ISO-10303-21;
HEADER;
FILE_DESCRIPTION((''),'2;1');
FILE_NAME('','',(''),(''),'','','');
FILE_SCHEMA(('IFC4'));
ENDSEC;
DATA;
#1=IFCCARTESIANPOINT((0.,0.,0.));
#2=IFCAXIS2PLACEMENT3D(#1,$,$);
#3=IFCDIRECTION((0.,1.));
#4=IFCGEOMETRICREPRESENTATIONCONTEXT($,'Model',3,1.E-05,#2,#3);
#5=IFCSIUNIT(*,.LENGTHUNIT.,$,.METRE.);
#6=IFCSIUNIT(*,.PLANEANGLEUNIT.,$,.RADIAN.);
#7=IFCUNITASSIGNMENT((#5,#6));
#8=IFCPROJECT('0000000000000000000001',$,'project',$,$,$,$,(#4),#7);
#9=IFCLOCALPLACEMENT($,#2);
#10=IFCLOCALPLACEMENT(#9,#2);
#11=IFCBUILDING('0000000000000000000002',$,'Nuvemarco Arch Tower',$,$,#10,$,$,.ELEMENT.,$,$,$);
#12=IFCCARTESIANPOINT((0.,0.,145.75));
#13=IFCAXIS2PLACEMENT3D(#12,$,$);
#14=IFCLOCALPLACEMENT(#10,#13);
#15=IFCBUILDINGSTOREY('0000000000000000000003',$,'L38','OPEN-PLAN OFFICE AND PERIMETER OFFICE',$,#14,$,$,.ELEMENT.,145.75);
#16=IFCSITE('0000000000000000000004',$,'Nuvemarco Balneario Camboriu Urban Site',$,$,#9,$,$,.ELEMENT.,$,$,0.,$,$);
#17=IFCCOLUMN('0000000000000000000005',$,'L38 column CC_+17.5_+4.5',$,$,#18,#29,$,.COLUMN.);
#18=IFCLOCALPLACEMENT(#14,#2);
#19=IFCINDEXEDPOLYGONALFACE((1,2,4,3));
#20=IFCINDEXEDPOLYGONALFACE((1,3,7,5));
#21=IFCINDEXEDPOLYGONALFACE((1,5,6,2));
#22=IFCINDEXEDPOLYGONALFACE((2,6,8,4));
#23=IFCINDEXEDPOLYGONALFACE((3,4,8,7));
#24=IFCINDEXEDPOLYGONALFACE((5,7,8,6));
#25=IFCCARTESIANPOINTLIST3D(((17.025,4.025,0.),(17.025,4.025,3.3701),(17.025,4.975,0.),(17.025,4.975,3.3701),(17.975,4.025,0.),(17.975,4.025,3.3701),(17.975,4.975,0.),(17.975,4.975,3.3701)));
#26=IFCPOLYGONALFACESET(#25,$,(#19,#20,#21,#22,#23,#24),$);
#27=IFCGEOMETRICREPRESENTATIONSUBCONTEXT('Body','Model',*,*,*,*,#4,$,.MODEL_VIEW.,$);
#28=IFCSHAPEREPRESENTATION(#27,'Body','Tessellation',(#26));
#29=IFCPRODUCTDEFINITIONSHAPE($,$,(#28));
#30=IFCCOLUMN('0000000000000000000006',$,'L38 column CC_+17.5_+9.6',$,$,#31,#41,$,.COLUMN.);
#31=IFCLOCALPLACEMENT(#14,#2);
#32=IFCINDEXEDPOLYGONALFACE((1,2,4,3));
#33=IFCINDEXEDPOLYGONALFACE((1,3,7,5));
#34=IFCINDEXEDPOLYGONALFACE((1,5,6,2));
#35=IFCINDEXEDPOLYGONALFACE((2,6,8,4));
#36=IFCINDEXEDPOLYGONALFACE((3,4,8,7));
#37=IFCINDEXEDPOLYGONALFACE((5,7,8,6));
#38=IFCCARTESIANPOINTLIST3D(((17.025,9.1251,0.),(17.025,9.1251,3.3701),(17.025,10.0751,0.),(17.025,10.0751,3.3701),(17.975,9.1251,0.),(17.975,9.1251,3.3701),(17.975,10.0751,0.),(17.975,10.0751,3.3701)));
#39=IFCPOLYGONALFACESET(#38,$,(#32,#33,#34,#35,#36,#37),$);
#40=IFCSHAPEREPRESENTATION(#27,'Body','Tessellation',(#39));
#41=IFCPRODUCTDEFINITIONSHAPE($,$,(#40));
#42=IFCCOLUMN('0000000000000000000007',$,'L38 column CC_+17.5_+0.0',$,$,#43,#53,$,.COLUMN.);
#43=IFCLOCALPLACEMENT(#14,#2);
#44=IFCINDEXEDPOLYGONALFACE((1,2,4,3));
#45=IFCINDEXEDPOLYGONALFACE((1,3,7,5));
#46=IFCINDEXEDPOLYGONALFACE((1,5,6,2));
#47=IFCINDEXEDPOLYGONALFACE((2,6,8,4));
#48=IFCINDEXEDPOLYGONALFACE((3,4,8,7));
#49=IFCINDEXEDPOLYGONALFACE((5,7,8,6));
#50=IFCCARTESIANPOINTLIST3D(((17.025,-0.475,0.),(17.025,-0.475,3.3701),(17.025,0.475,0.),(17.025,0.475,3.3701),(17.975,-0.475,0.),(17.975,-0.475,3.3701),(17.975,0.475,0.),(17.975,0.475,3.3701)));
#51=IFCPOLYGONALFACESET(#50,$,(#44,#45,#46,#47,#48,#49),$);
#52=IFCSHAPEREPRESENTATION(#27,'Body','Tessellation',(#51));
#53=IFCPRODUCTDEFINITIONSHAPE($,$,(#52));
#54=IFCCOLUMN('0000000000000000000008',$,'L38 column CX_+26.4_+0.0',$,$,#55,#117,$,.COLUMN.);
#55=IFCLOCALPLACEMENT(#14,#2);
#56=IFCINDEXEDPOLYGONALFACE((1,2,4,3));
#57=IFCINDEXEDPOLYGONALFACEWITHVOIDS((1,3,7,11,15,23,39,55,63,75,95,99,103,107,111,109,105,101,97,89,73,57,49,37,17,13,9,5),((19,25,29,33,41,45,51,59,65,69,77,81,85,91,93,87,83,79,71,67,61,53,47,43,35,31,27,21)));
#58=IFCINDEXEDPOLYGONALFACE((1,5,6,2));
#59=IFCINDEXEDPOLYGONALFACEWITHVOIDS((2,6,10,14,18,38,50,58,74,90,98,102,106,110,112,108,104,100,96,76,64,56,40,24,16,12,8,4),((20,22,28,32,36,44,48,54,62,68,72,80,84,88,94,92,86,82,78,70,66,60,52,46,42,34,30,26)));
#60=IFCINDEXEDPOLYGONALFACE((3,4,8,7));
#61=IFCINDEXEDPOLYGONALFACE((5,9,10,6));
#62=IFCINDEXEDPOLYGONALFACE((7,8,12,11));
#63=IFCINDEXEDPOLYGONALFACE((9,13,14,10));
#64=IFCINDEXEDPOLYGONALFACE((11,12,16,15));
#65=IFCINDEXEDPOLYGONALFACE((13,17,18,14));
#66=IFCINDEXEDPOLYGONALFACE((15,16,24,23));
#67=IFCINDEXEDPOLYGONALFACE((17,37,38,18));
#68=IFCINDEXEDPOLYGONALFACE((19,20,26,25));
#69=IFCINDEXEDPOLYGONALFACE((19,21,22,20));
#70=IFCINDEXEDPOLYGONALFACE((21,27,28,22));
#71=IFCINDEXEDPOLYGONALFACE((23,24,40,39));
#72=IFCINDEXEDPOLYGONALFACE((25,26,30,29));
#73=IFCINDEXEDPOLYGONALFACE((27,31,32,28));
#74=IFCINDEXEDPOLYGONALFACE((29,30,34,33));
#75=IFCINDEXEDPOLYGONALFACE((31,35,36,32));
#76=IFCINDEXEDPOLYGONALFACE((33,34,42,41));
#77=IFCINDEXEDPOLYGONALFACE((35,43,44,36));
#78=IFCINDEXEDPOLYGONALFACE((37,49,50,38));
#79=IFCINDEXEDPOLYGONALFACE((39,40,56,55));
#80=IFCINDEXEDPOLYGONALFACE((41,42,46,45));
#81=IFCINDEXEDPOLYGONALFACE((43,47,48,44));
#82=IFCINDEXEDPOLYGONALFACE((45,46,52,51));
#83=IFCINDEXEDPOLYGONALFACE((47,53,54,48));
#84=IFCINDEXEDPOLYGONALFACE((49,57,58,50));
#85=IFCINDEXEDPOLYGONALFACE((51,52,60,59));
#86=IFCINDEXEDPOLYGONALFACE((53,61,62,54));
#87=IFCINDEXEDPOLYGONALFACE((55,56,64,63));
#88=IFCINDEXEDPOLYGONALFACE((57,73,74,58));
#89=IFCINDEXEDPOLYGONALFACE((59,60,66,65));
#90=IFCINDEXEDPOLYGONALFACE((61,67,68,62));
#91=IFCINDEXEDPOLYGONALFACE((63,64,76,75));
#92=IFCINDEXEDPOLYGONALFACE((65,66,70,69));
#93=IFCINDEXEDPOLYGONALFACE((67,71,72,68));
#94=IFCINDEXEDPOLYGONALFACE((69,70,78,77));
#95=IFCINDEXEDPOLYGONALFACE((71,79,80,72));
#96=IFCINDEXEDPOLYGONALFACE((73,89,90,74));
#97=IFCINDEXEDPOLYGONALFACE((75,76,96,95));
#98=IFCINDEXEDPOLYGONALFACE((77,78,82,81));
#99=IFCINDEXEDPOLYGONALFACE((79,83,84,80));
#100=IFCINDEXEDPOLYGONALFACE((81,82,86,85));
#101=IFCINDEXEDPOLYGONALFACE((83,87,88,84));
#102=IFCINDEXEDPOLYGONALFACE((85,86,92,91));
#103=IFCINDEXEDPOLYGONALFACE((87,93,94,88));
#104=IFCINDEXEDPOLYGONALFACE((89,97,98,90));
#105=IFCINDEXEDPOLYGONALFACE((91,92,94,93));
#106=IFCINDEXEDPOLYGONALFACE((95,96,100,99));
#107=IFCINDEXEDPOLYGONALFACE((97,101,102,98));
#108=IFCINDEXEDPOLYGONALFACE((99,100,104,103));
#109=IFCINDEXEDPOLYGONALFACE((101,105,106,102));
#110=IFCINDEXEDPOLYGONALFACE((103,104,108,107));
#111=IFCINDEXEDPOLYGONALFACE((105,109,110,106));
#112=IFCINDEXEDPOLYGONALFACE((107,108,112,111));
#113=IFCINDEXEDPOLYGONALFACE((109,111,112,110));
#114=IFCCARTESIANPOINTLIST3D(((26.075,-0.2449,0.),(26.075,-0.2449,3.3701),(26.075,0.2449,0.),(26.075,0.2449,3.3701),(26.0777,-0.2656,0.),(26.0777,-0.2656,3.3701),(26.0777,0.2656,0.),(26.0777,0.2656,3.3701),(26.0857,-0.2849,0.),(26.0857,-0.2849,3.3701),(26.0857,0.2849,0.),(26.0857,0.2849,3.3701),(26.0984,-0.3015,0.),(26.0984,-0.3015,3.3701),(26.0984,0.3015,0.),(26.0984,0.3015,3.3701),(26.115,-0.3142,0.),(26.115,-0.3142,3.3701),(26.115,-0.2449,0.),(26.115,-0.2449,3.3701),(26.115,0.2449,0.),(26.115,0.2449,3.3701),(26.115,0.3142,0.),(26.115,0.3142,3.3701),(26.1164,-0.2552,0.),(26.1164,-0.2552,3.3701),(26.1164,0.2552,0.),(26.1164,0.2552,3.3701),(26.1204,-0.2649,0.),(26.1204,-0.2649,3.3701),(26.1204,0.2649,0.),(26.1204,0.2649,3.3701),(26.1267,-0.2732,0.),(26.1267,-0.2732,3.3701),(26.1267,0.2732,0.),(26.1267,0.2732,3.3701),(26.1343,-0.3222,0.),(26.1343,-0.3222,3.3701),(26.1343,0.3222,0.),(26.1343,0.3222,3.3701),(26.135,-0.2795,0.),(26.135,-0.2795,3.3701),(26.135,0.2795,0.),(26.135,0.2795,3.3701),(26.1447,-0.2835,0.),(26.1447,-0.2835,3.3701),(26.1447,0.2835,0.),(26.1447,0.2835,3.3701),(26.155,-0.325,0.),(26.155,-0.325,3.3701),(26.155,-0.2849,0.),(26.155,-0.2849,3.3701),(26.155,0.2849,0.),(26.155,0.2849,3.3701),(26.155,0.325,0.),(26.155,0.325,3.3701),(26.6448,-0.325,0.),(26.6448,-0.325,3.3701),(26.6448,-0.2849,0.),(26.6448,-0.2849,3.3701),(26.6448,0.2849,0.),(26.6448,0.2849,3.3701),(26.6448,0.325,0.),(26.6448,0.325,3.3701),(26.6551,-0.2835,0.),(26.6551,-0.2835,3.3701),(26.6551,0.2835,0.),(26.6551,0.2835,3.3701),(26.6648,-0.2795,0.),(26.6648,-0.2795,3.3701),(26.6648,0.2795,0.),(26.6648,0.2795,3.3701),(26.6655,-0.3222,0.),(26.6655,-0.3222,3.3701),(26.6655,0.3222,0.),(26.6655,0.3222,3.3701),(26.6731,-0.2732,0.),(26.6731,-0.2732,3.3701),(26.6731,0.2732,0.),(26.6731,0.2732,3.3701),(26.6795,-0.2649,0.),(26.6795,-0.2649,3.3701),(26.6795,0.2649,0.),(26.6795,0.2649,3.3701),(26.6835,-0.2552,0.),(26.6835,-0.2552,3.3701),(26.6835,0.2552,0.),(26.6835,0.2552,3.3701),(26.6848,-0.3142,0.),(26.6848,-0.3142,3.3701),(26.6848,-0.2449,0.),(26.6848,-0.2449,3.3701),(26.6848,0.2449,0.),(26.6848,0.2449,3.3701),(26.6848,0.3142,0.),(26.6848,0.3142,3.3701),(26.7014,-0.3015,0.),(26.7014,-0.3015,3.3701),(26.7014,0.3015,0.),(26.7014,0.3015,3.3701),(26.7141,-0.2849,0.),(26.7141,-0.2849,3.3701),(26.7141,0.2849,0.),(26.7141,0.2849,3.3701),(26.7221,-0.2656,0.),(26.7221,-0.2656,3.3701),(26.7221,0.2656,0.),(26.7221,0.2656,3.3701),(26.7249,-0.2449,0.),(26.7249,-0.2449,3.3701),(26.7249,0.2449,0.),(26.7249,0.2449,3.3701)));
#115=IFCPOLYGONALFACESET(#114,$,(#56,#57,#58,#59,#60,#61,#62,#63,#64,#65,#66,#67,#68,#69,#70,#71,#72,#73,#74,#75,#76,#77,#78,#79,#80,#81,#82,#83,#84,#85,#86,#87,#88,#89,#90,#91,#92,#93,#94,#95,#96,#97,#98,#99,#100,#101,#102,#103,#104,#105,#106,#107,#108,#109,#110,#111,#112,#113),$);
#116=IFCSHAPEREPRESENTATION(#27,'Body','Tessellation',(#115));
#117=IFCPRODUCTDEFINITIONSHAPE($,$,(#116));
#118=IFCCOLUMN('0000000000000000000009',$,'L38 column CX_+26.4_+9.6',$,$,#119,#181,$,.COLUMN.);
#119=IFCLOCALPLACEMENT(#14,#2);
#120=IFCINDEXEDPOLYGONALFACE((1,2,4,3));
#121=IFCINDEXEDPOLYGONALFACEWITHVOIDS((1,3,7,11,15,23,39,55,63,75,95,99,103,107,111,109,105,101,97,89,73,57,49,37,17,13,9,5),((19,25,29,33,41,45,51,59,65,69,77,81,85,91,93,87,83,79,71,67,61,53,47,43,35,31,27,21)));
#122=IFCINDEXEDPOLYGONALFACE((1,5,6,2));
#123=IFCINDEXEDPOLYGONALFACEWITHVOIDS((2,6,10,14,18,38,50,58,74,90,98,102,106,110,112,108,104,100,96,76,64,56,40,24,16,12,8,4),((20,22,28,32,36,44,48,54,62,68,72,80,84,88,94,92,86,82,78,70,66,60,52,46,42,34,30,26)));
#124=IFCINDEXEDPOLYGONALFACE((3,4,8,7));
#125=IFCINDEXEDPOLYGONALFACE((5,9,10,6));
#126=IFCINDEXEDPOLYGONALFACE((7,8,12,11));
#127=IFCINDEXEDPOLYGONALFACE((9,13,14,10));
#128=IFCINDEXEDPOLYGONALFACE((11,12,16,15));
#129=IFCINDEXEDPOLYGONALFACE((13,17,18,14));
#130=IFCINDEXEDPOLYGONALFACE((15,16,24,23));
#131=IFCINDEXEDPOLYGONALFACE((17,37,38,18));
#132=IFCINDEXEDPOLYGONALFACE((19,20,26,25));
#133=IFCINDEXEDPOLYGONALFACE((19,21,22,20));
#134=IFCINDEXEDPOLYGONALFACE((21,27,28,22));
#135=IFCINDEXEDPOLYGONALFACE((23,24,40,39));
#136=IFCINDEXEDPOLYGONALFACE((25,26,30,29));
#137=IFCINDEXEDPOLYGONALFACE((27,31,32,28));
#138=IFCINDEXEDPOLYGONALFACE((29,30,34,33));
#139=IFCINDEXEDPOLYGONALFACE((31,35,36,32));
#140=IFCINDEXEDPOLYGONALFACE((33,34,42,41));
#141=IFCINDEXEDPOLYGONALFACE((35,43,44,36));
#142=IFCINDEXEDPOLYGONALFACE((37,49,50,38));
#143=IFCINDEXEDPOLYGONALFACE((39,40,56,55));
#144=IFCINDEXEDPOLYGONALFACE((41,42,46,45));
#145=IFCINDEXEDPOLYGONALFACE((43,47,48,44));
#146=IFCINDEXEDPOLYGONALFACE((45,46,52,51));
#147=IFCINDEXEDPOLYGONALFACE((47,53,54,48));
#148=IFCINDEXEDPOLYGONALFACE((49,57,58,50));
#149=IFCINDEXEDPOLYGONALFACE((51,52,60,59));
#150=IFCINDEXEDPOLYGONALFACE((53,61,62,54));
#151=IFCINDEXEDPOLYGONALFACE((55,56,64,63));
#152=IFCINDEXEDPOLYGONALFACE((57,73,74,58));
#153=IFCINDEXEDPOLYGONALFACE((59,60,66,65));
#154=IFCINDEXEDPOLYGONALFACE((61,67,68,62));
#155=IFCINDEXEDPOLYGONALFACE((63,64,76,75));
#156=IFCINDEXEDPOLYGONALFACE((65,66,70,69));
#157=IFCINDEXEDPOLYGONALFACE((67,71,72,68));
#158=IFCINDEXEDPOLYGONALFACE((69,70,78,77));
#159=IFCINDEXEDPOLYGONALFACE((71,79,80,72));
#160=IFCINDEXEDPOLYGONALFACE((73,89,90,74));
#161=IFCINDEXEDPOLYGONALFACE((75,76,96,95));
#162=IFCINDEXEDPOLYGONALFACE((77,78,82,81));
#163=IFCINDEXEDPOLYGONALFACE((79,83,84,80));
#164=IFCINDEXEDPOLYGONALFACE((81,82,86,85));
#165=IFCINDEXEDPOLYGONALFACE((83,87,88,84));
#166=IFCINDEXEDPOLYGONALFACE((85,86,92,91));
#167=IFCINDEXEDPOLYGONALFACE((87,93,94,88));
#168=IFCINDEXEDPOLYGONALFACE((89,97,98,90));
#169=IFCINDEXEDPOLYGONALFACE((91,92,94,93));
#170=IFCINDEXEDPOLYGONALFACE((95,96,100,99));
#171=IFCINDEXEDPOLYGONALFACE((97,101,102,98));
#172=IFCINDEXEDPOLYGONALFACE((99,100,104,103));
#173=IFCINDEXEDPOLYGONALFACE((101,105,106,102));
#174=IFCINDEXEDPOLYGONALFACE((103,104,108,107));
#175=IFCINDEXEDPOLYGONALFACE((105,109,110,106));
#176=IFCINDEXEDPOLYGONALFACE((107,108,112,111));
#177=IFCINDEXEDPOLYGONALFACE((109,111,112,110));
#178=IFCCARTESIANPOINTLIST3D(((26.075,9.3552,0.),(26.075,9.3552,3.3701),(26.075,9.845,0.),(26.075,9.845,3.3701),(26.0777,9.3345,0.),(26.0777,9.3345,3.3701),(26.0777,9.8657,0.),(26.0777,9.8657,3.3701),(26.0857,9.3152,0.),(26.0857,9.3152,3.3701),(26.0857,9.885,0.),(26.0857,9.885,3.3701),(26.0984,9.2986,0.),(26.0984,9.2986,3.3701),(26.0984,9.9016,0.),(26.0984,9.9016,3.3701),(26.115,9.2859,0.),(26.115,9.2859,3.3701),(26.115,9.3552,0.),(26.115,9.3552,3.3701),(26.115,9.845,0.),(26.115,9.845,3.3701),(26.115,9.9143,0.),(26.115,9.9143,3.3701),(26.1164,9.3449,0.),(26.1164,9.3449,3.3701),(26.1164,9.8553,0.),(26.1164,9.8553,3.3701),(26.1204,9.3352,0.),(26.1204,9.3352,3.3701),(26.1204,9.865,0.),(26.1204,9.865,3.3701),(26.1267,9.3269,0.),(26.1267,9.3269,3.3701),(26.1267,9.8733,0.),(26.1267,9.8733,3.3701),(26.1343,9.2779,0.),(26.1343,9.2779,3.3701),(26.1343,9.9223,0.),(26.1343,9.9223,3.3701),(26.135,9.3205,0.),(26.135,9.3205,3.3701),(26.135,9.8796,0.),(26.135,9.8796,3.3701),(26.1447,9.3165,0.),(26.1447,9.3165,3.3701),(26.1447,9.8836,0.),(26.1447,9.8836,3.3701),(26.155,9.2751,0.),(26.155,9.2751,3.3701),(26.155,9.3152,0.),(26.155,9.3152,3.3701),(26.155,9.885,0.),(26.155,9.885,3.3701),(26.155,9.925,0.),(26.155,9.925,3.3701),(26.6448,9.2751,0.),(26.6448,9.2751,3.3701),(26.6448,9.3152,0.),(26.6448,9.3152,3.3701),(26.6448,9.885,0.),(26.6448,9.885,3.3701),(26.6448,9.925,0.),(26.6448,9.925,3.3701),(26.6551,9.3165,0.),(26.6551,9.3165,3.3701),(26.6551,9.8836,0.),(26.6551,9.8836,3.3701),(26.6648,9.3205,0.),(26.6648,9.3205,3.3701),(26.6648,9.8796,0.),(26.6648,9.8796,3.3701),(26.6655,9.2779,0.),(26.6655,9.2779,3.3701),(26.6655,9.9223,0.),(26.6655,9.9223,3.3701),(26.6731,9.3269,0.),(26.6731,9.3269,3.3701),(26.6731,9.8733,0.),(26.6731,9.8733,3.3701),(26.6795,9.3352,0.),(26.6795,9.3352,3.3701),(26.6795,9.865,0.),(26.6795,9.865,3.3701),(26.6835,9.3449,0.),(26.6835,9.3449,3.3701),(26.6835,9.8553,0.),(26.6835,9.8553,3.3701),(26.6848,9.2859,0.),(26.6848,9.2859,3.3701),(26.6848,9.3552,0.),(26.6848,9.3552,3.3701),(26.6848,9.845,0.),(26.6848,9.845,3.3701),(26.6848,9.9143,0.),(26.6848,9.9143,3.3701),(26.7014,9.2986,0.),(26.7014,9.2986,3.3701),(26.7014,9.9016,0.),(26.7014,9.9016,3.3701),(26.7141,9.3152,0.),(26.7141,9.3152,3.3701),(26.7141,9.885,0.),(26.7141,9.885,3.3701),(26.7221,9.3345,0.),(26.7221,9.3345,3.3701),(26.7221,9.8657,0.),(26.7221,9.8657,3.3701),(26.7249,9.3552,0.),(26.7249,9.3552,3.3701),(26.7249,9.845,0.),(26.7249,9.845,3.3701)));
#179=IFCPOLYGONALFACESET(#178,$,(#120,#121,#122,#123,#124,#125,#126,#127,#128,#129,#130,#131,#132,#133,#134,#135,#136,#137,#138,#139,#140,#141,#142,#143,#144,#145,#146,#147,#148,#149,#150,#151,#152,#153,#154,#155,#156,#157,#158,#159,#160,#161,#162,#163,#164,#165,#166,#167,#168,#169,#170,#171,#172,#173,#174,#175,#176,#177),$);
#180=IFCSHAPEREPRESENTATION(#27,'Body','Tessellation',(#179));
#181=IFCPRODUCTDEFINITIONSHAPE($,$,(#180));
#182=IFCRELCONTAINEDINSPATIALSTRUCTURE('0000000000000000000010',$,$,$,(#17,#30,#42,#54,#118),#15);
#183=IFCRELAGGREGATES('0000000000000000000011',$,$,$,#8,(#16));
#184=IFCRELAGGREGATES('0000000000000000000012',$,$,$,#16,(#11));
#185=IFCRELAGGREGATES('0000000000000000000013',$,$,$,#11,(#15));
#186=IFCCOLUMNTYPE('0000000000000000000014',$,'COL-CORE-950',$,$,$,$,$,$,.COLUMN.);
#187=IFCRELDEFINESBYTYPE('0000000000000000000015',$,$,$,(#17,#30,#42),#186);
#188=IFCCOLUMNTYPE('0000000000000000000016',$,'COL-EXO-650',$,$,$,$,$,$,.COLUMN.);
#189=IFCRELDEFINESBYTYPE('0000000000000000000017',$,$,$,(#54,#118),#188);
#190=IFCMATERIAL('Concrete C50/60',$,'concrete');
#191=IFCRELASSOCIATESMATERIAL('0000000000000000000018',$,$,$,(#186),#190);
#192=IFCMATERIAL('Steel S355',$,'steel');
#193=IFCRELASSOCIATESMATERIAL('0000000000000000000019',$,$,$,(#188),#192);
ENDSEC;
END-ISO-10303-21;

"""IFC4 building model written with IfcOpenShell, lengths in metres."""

from ifc_helpers import new_model, si_unit, direction, frame, origin, origin_2d, place, context, subcontext, project, spatial, rectangle, hollow_rectangle, extrude, material, material_profile, profile_set, type_object, element, save


model = new_model("IFC4")

# Units and contexts
model_context = context("Model", 3, precision=1e-05, world=origin(), true_north=direction((0.0, 1.0)))
body_context = subcontext(model_context, "Body", "Model", "MODEL_VIEW")
ifc_project = project(units=[si_unit("LENGTHUNIT", "METRE"), si_unit("PLANEANGLEUNIT", "RADIAN")], contexts=[model_context])

# Site, building, storey
site_placement = place(None, origin())
site = spatial("IfcSite", under=ifc_project, at=site_placement, Name="Nuvemarco Balneario Camboriu Urban Site", CompositionType="ELEMENT", RefElevation=0.0)
building_placement = place(site_placement, origin())
building = spatial("IfcBuilding", under=site, at=building_placement, Name="Nuvemarco Arch Tower", CompositionType="ELEMENT")
storey_placement = place(building_placement, frame((0.0, 0.0, 145.75)))
storey = spatial("IfcBuildingStorey", under=building, at=storey_placement, Name="L38", Description="OPEN-PLAN OFFICE AND PERIMETER OFFICE", CompositionType="ELEMENT", Elevation=145.75)

# Columns
ifc_material_1 = material(Name="Concrete C50/60", Category="concrete")
ifc_material_profile_1 = material_profile(ifc_material_1, rectangle(XDim=0.95, YDim=0.95, at=origin_2d()), Name="RC-COL-950x950")
ifc_profile_set_1 = profile_set([ifc_material_profile_1], Name="Concrete C50/60")
column_type_1 = type_object("IfcColumnType", Name="COL-CORE-950", PredefinedType="COLUMN", material=ifc_profile_set_1)
for number, where, z_axis, x_axis, name in (
    (1, (17.5, 4.5, 0.0), (0.0, 0.0, 1.0), (1.0, 0.0, 0.0), "L38 column CC_+17.5_+4.5"),
    (2, (17.5, 9.6001, 0.0), (0.0, 0.0, 1.0), (1.0, 0.0, 0.0), "L38 column CC_+17.5_+9.6"),
    (3, (17.5, 0.0, 0.0), (0.0, 0.0, 1.0), (1.0, 0.0, 0.0), "L38 column CC_+17.5_+0.0"),
):
    element("IfcColumn", number, at=place(storey_placement, frame(where, z_axis=z_axis, x_axis=x_axis)), inside=storey, type_object=column_type_1, Name=name, PredefinedType="COLUMN", context=body_context, shape_type="SweptSolid", body=[
        extrude(rectangle(XDim=0.95, YDim=0.95, at=origin_2d()), origin(), (0.0, 0.0, 1.0), 3.3701),
    ])
ifc_material_2 = material(Name="Steel S355", Category="steel")
ifc_material_profile_2 = material_profile(ifc_material_2, hollow_rectangle(XDim=0.6499, YDim=0.6499, WallThickness=0.04, InnerFilletRadius=0.04, OuterFilletRadius=0.0801, at=origin_2d()), Name="SHS650x650x40")
ifc_profile_set_2 = profile_set([ifc_material_profile_2], Name="Steel S355")
column_type_2 = type_object("IfcColumnType", Name="COL-EXO-650", PredefinedType="COLUMN", material=ifc_profile_set_2)
for number, where, z_axis, x_axis, name in (
    (4, (26.3999, 0.0, 0.0), (0.0, 0.0, 1.0), (1.0, 0.0, 0.0), "L38 column CX_+26.4_+0.0"),
    (5, (26.3999, 9.6001, 0.0), (0.0, 0.0, 1.0), (1.0, 0.0, 0.0), "L38 column CX_+26.4_+9.6"),
):
    element("IfcColumn", number, at=place(storey_placement, frame(where, z_axis=z_axis, x_axis=x_axis)), inside=storey, type_object=column_type_2, Name=name, PredefinedType="COLUMN", context=body_context, shape_type="SweptSolid", body=[
        extrude(hollow_rectangle(XDim=0.6499, YDim=0.6499, WallThickness=0.04, InnerFilletRadius=0.04, OuterFilletRadius=0.0801, at=origin_2d()), origin(), (0.0, 0.0, 1.0), 3.3701),
    ])

save(model, "model.ifc")
